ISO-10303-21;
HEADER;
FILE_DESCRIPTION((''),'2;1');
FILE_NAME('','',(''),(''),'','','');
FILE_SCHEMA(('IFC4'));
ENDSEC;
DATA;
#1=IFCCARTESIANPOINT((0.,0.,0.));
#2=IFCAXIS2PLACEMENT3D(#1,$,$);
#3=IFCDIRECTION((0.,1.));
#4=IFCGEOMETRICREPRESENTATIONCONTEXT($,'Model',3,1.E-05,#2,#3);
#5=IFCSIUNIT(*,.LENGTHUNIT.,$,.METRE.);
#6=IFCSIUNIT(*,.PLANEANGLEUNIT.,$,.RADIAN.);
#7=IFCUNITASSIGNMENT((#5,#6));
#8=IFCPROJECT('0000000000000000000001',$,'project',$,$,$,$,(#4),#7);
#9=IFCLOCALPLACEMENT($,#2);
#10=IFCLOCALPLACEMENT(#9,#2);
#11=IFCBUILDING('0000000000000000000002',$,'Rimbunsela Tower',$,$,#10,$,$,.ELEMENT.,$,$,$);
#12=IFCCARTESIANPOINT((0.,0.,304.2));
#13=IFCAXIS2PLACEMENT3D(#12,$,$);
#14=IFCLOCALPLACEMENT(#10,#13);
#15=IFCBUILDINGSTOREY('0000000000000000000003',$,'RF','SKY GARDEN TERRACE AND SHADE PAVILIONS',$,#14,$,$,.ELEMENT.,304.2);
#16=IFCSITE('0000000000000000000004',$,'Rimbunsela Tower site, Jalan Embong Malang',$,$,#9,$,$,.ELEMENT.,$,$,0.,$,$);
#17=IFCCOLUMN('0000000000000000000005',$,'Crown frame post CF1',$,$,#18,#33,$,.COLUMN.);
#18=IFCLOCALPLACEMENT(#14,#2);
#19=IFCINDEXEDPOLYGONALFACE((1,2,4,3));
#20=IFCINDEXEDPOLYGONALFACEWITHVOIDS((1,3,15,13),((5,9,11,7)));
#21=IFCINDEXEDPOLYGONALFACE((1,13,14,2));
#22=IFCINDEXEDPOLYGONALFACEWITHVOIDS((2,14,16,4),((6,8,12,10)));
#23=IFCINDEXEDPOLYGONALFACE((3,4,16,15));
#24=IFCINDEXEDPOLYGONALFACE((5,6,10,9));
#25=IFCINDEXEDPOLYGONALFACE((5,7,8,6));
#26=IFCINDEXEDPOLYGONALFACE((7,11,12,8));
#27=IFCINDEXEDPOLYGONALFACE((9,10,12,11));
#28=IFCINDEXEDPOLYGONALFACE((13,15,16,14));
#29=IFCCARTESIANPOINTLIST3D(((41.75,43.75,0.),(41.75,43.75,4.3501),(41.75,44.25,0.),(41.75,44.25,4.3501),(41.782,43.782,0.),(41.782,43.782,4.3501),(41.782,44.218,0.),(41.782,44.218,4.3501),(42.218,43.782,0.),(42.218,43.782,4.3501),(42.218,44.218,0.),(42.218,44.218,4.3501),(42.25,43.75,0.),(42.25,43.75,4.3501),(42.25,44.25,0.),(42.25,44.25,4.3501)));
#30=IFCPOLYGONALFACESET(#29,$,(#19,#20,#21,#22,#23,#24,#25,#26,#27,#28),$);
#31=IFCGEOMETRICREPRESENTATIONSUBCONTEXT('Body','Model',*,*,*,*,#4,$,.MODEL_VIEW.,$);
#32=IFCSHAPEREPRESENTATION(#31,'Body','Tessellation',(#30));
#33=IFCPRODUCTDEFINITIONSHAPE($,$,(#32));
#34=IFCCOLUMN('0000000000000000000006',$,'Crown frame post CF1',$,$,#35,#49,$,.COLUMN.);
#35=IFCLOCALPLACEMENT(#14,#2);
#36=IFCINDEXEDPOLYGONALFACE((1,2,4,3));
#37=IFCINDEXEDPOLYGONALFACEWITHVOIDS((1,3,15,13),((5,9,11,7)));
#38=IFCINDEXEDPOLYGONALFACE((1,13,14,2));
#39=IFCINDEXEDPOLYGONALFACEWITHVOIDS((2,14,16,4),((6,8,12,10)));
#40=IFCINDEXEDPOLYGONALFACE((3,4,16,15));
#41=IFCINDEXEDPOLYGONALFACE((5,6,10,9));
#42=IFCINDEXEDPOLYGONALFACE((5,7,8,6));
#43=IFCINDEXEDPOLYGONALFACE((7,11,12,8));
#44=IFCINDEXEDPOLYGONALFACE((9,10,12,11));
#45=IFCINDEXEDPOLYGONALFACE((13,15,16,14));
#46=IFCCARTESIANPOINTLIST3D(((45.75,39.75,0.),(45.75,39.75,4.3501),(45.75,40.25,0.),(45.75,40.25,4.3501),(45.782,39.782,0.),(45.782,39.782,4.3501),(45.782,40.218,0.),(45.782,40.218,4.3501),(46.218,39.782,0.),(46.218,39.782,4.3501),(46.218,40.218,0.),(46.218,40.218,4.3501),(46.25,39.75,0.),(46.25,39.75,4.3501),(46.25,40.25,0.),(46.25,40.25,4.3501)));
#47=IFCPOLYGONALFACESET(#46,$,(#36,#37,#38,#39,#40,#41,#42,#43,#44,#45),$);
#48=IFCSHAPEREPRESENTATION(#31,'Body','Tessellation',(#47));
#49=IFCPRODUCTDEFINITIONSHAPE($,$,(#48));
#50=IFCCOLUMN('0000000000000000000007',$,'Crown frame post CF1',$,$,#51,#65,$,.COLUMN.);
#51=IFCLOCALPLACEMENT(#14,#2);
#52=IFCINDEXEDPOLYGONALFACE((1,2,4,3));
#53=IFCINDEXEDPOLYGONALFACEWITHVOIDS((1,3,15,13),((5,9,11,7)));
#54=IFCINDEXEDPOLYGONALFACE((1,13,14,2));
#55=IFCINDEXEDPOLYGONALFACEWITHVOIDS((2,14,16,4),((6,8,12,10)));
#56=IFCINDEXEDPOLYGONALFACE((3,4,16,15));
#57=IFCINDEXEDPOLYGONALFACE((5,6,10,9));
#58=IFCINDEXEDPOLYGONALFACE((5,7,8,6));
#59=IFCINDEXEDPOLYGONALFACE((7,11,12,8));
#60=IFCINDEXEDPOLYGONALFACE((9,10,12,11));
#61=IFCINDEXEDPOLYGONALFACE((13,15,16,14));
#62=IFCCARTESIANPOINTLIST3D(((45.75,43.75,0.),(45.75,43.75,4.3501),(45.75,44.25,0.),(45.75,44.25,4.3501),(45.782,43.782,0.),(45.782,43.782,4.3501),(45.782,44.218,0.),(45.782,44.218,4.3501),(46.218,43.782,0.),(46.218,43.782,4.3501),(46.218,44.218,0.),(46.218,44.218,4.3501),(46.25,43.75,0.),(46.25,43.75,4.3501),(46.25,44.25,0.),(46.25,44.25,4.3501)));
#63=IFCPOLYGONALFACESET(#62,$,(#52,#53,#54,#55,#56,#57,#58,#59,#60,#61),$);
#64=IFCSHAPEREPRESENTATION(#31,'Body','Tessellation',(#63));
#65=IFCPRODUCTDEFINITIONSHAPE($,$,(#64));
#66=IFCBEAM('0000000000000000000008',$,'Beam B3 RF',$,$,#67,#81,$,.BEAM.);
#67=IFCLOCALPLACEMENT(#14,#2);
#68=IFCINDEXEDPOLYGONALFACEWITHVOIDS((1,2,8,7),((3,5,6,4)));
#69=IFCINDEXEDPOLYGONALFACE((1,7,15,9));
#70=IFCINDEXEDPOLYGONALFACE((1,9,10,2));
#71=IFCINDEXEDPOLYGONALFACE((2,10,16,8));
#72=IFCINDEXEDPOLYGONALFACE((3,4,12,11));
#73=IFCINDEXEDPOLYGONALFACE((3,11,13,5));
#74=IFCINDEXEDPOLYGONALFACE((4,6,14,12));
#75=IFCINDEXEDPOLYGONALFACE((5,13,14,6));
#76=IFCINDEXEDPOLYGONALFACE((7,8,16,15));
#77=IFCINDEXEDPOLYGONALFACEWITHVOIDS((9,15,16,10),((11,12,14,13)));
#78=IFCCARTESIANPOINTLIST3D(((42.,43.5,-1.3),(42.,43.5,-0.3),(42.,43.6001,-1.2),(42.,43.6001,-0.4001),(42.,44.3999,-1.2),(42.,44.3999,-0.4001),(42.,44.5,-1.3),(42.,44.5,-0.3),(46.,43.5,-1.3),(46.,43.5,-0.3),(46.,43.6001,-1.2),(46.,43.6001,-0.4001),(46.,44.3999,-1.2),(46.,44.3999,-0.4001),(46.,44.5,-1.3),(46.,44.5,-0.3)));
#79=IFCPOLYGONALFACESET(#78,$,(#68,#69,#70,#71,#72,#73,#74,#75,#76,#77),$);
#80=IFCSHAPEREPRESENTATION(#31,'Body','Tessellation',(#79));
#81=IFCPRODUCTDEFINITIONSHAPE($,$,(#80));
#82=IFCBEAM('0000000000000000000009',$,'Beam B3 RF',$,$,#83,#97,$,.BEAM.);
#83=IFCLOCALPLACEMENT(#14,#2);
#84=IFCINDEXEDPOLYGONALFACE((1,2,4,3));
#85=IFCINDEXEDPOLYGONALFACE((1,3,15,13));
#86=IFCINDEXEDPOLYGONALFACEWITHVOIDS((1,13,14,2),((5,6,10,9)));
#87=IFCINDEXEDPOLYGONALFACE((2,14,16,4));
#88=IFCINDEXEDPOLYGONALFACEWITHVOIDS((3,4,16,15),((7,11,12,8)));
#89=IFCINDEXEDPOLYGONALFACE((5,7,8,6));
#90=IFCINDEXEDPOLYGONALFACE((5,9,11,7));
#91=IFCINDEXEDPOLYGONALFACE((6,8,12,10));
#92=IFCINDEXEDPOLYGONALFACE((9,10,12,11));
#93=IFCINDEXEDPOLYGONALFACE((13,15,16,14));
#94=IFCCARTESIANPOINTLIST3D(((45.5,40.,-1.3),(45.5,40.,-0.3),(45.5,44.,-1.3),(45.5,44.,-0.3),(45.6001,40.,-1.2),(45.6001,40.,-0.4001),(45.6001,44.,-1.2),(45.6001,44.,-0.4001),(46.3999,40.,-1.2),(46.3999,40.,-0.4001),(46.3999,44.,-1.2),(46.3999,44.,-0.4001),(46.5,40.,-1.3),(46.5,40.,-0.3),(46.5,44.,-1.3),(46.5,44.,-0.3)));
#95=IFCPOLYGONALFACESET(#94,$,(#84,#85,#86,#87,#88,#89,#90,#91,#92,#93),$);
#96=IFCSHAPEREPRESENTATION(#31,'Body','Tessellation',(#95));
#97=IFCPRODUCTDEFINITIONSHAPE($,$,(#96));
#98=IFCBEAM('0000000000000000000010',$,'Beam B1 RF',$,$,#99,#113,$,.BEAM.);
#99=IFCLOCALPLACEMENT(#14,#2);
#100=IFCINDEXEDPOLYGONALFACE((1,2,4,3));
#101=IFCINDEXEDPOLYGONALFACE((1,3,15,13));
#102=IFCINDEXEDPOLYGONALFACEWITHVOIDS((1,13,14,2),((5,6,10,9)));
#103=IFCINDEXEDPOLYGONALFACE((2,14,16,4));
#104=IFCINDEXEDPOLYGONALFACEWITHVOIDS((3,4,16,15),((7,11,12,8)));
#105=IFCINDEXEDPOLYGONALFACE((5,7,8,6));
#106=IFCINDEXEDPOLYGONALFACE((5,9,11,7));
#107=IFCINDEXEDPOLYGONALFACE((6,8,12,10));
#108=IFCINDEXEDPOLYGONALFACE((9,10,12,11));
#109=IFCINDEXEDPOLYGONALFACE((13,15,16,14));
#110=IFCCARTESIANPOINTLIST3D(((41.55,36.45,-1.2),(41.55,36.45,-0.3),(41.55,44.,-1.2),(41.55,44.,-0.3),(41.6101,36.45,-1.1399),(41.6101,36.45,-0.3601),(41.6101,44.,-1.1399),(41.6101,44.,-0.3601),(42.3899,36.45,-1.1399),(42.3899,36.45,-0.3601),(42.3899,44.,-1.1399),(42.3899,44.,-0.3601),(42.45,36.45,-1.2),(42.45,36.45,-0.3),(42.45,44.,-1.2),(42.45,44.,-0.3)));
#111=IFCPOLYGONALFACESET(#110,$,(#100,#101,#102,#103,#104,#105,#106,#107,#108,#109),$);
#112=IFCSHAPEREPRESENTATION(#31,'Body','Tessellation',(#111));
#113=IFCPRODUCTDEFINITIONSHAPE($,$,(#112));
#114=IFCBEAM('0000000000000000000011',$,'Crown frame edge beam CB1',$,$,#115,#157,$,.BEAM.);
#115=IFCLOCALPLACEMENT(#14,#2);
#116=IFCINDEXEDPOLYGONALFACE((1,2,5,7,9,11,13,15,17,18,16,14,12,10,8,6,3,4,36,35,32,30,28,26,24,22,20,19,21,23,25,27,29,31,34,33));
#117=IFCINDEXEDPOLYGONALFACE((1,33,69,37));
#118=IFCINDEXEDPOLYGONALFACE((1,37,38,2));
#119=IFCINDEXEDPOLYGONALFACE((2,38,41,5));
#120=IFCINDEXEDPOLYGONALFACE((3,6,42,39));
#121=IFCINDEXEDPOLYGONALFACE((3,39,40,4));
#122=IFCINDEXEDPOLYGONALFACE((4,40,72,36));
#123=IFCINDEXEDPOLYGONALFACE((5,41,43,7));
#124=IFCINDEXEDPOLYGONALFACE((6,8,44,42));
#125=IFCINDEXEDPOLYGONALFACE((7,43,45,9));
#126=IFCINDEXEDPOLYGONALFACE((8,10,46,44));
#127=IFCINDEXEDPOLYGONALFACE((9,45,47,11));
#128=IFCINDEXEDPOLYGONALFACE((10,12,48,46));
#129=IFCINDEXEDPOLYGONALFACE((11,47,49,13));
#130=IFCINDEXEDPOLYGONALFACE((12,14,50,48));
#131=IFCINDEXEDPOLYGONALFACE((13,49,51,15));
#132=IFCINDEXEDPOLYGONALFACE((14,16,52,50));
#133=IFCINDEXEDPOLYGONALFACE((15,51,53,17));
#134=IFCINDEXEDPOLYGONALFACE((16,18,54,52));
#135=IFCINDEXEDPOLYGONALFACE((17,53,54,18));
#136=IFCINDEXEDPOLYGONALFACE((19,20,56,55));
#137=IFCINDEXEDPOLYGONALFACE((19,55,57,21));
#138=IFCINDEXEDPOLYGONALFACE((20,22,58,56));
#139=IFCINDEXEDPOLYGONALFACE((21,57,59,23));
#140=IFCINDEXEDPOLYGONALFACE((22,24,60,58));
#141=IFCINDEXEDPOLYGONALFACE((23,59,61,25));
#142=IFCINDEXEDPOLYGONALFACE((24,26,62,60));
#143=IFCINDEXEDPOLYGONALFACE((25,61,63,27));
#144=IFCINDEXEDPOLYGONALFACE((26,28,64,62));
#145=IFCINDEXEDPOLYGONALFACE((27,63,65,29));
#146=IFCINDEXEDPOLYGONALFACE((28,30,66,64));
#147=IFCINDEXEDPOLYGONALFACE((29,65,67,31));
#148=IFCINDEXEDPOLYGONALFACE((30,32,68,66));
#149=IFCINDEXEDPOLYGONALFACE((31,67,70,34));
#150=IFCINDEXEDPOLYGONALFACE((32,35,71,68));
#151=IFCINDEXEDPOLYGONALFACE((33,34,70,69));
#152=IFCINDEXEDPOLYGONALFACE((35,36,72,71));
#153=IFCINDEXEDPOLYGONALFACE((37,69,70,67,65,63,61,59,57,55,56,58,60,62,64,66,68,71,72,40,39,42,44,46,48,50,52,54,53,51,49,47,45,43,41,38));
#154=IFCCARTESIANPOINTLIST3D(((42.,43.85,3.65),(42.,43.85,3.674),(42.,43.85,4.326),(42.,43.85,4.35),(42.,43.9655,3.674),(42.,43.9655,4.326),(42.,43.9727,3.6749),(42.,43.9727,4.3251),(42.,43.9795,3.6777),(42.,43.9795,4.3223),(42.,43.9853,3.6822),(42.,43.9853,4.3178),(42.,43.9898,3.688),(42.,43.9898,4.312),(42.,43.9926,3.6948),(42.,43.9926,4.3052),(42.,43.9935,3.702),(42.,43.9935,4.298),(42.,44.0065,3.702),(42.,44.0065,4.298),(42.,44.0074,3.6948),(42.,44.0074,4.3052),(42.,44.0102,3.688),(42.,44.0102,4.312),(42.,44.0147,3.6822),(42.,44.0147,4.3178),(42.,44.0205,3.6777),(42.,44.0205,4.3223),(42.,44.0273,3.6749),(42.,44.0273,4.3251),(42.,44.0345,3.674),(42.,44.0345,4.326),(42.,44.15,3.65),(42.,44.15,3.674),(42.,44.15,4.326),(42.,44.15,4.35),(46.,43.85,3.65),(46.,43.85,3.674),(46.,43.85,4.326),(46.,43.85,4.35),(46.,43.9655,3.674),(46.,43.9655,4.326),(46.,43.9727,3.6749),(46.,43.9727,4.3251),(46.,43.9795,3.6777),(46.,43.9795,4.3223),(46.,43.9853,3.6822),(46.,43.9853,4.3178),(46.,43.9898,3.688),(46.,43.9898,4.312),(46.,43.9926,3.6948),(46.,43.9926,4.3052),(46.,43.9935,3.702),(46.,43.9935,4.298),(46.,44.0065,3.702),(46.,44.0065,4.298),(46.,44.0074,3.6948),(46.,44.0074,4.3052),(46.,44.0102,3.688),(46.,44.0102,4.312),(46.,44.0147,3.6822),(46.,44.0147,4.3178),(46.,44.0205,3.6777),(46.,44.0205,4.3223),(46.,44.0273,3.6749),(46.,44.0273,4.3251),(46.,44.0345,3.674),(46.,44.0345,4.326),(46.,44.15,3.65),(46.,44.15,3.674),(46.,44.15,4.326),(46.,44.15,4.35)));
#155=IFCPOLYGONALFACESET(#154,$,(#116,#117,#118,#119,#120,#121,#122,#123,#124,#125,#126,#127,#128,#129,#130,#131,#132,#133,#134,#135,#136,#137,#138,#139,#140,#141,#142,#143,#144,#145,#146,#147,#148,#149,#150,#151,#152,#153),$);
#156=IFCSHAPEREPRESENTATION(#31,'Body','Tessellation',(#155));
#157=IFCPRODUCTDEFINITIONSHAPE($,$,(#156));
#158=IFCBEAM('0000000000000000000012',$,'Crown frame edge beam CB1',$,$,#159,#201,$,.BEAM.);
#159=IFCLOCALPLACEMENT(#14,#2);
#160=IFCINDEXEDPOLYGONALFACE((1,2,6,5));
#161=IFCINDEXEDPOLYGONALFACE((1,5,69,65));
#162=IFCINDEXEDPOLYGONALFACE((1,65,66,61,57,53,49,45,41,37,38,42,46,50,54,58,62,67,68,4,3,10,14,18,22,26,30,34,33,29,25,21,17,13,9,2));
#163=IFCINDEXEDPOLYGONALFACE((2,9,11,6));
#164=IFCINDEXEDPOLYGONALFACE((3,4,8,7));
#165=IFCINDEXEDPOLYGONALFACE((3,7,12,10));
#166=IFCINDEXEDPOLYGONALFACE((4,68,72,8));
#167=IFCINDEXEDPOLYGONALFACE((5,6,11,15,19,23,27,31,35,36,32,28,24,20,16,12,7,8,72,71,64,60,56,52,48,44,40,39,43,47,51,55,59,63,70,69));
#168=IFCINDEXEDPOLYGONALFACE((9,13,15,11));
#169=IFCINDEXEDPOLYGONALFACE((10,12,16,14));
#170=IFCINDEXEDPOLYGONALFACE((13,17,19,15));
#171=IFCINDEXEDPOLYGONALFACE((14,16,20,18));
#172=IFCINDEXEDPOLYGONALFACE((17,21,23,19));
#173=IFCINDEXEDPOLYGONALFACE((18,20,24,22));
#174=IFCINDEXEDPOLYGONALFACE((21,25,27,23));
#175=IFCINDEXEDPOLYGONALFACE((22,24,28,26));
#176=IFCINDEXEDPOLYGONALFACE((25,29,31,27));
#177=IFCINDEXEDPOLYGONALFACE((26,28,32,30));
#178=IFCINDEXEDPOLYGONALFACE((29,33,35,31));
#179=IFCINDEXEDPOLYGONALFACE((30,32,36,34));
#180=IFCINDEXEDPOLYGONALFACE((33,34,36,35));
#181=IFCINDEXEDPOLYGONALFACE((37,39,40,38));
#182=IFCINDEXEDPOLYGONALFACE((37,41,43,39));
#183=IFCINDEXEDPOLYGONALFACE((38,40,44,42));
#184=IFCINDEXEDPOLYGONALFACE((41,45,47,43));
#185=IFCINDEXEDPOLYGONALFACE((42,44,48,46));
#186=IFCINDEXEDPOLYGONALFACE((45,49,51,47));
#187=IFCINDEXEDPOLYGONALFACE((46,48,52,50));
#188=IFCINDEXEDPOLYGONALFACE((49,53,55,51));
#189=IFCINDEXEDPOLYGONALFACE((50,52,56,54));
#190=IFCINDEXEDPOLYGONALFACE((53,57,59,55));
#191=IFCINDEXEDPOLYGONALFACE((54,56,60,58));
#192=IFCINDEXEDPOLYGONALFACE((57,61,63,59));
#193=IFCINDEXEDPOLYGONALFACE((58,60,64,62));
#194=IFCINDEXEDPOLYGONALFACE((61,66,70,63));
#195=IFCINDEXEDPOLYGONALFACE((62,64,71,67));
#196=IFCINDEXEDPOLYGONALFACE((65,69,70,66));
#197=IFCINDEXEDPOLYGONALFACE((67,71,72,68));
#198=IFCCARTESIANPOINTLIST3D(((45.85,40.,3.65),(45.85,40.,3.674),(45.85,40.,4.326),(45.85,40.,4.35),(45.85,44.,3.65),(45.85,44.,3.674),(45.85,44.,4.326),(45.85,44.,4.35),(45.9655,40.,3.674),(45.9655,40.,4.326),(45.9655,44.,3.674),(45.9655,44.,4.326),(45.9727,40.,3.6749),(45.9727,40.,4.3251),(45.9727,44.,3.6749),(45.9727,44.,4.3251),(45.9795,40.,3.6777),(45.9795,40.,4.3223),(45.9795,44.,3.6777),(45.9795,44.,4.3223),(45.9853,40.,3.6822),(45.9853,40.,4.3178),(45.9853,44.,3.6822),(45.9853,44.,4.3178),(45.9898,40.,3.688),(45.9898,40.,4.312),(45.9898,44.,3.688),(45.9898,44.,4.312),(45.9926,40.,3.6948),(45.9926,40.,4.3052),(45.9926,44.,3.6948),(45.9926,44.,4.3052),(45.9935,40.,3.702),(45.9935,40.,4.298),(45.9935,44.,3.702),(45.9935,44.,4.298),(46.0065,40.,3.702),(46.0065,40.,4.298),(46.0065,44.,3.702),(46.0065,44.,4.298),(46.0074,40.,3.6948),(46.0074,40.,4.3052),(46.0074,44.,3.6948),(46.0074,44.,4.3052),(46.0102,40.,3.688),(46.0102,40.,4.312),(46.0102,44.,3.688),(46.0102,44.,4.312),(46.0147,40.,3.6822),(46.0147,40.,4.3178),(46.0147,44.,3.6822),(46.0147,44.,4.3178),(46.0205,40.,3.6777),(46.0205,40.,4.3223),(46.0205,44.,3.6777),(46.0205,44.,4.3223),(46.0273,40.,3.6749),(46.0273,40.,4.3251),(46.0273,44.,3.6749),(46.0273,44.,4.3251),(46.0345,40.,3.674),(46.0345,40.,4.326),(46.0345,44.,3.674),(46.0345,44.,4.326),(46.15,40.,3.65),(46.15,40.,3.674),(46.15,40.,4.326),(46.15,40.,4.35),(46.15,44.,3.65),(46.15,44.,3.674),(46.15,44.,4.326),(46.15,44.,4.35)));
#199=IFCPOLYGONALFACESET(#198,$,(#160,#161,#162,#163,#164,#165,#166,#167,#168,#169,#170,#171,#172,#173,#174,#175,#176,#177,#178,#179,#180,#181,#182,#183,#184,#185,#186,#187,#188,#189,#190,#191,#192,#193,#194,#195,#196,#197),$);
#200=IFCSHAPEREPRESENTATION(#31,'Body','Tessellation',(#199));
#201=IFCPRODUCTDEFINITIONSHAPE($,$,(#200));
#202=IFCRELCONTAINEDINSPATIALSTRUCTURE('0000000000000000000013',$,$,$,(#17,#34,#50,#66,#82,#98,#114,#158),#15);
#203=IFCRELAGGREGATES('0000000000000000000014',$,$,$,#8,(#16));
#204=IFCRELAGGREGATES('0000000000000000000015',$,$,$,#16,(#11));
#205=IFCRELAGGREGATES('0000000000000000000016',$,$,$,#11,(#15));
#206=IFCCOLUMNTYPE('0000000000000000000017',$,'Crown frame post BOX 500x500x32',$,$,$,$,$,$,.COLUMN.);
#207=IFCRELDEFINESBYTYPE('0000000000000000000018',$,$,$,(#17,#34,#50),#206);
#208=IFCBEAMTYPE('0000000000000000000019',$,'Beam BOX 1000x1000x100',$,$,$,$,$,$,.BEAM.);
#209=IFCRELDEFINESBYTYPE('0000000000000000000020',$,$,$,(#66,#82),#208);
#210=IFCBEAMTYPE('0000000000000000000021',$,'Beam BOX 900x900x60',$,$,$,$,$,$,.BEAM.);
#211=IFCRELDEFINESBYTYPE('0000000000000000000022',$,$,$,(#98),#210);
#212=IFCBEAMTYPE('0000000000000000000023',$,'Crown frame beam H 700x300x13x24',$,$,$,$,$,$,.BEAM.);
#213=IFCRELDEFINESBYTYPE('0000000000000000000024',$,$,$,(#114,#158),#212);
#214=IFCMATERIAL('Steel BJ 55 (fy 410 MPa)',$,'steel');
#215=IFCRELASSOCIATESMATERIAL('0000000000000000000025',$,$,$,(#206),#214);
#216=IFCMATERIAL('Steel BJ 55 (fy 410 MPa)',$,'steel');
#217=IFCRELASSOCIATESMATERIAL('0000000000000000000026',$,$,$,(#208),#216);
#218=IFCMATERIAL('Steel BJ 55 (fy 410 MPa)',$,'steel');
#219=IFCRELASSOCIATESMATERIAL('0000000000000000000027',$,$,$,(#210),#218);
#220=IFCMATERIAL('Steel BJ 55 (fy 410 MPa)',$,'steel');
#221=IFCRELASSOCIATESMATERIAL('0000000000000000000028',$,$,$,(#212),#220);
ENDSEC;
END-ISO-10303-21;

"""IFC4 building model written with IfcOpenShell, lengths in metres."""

from ifc_helpers import new_model, si_unit, direction, frame, origin, origin_2d, place, context, subcontext, project, spatial, hollow_rectangle, i_section, extrude, material, material_profile, profile_set, type_object, element, save


model = new_model("IFC4")

# Units and contexts
model_context = context("Model", 3, precision=1e-05, world=origin(), true_north=direction((0.0, 1.0)))
body_context = subcontext(model_context, "Body", "Model", "MODEL_VIEW")
ifc_project = project(units=[si_unit("LENGTHUNIT", "METRE"), si_unit("PLANEANGLEUNIT", "RADIAN")], contexts=[model_context])

# Site, building, storey
site_placement = place(None, origin())
site = spatial("IfcSite", under=ifc_project, at=site_placement, Name="Rimbunsela Tower site, Jalan Embong Malang", CompositionType="ELEMENT", RefElevation=0.0)
building_placement = place(site_placement, origin())
building = spatial("IfcBuilding", under=site, at=building_placement, Name="Rimbunsela Tower", CompositionType="ELEMENT")
storey_placement = place(building_placement, frame((0.0, 0.0, 304.2)))
storey = spatial("IfcBuildingStorey", under=building, at=storey_placement, Name="RF", Description="SKY GARDEN TERRACE AND SHADE PAVILIONS", CompositionType="ELEMENT", Elevation=304.2)

# Columns
ifc_material_1 = material(Name="Steel BJ 55 (fy 410 MPa)", Category="steel")
ifc_material_profile_1 = material_profile(ifc_material_1, hollow_rectangle(XDim=0.5, YDim=0.5, WallThickness=0.032, at=origin_2d()), Name="BOX 500x500x32")
ifc_profile_set_1 = profile_set([ifc_material_profile_1], Name="Steel BJ 55 (fy 410 MPa)")
column_type = type_object("IfcColumnType", Name="Crown frame post BOX 500x500x32", PredefinedType="COLUMN", material=ifc_profile_set_1)
for number, where, z_axis, x_axis, name in (
    (1, (42.0, 44.0, 0.0), (0.0, 0.0, 1.0), (1.0, 0.0, 0.0), "Crown frame post CF1"),
    (2, (46.0, 40.0, 0.0), (0.0, 0.0, 1.0), (1.0, 0.0, 0.0), "Crown frame post CF1"),
    (3, (46.0, 44.0, 0.0), (0.0, 0.0, 1.0), (1.0, 0.0, 0.0), "Crown frame post CF1"),
):
    element("IfcColumn", number, at=place(storey_placement, frame(where, z_axis=z_axis, x_axis=x_axis)), inside=storey, type_object=column_type, Name=name, PredefinedType="COLUMN", context=body_context, shape_type="SweptSolid", body=[
        extrude(hollow_rectangle(XDim=0.5, YDim=0.5, WallThickness=0.032, at=origin_2d()), origin(), (0.0, 0.0, 1.0), 4.3501),
    ])

# Beams
ifc_material_2 = material(Name="Steel BJ 55 (fy 410 MPa)", Category="steel")
ifc_material_profile_2 = material_profile(ifc_material_2, hollow_rectangle(XDim=1.0, YDim=1.0, WallThickness=0.1001, at=origin_2d()), Name="BOX 1000x1000x100")
ifc_profile_set_2 = profile_set([ifc_material_profile_2], Name="Steel BJ 55 (fy 410 MPa)")
beam_type_1 = type_object("IfcBeamType", Name="Beam BOX 1000x1000x100", PredefinedType="BEAM", material=ifc_profile_set_2)
for number, where, z_axis, x_axis, name in (
    (4, (42.0, 44.0, -0.8), (1.0, 0.0, 0.0), (0.0, 1.0, 0.0), "Beam B3 RF"),
    (5, (46.0, 40.0, -0.8), (0.0, 1.0, 0.0), (-1.0, 0.0, 0.0), "Beam B3 RF"),
):
    element("IfcBeam", number, at=place(storey_placement, frame(where, z_axis=z_axis, x_axis=x_axis)), inside=storey, type_object=beam_type_1, Name=name, PredefinedType="BEAM", context=body_context, shape_type="SweptSolid", body=[
        extrude(hollow_rectangle(XDim=1.0, YDim=1.0, WallThickness=0.1001, at=origin_2d()), origin(), (0.0, 0.0, 1.0), 4.0),
    ])
ifc_material_3 = material(Name="Steel BJ 55 (fy 410 MPa)", Category="steel")
ifc_material_profile_3 = material_profile(ifc_material_3, hollow_rectangle(XDim=0.8999, YDim=0.8999, WallThickness=0.0601, at=origin_2d()), Name="BOX 900x900x60")
ifc_profile_set_3 = profile_set([ifc_material_profile_3], Name="Steel BJ 55 (fy 410 MPa)")
beam_type_2 = type_object("IfcBeamType", Name="Beam BOX 900x900x60", PredefinedType="BEAM", material=ifc_profile_set_3)
beam_placement = place(storey_placement, frame((42.0, 36.45, -0.75), z_axis=(0.0, 1.0, 0.0), x_axis=(-1.0, 0.0, 0.0)))
element("IfcBeam", 6, at=beam_placement, inside=storey, type_object=beam_type_2, Name="Beam B1 RF", PredefinedType="BEAM", context=body_context, shape_type="SweptSolid", body=[
    extrude(hollow_rectangle(XDim=0.8999, YDim=0.8999, WallThickness=0.0601, at=origin_2d()), origin(), (0.0, 0.0, 1.0), 7.55),
])
ifc_material_4 = material(Name="Steel BJ 55 (fy 410 MPa)", Category="steel")
ifc_material_profile_4 = material_profile(ifc_material_4, i_section(OverallWidth=0.3, OverallDepth=0.7, WebThickness=0.0129, FlangeThickness=0.0239, FilletRadius=0.0281, at=origin_2d()), Name="H 700x300x13x24")
ifc_profile_set_4 = profile_set([ifc_material_profile_4], Name="Steel BJ 55 (fy 410 MPa)")
beam_type_3 = type_object("IfcBeamType", Name="Crown frame beam H 700x300x13x24", PredefinedType="BEAM", material=ifc_profile_set_4)
for number, where, z_axis, x_axis, name in (
    (7, (42.0, 44.0, 4.0), (1.0, 0.0, 0.0), (0.0, 1.0, 0.0), "Crown frame edge beam CB1"),
    (8, (46.0, 40.0, 4.0), (0.0, 1.0, 0.0), (-1.0, 0.0, 0.0), "Crown frame edge beam CB1"),
):
    element("IfcBeam", number, at=place(storey_placement, frame(where, z_axis=z_axis, x_axis=x_axis)), inside=storey, type_object=beam_type_3, Name=name, PredefinedType="BEAM", context=body_context, shape_type="SweptSolid", body=[
        extrude(i_section(OverallWidth=0.3, OverallDepth=0.7, WebThickness=0.0129, FlangeThickness=0.0239, FilletRadius=0.0281, at=origin_2d()), origin(), (0.0, 0.0, 1.0), 4.0),
    ])

save(model, "model.ifc")
